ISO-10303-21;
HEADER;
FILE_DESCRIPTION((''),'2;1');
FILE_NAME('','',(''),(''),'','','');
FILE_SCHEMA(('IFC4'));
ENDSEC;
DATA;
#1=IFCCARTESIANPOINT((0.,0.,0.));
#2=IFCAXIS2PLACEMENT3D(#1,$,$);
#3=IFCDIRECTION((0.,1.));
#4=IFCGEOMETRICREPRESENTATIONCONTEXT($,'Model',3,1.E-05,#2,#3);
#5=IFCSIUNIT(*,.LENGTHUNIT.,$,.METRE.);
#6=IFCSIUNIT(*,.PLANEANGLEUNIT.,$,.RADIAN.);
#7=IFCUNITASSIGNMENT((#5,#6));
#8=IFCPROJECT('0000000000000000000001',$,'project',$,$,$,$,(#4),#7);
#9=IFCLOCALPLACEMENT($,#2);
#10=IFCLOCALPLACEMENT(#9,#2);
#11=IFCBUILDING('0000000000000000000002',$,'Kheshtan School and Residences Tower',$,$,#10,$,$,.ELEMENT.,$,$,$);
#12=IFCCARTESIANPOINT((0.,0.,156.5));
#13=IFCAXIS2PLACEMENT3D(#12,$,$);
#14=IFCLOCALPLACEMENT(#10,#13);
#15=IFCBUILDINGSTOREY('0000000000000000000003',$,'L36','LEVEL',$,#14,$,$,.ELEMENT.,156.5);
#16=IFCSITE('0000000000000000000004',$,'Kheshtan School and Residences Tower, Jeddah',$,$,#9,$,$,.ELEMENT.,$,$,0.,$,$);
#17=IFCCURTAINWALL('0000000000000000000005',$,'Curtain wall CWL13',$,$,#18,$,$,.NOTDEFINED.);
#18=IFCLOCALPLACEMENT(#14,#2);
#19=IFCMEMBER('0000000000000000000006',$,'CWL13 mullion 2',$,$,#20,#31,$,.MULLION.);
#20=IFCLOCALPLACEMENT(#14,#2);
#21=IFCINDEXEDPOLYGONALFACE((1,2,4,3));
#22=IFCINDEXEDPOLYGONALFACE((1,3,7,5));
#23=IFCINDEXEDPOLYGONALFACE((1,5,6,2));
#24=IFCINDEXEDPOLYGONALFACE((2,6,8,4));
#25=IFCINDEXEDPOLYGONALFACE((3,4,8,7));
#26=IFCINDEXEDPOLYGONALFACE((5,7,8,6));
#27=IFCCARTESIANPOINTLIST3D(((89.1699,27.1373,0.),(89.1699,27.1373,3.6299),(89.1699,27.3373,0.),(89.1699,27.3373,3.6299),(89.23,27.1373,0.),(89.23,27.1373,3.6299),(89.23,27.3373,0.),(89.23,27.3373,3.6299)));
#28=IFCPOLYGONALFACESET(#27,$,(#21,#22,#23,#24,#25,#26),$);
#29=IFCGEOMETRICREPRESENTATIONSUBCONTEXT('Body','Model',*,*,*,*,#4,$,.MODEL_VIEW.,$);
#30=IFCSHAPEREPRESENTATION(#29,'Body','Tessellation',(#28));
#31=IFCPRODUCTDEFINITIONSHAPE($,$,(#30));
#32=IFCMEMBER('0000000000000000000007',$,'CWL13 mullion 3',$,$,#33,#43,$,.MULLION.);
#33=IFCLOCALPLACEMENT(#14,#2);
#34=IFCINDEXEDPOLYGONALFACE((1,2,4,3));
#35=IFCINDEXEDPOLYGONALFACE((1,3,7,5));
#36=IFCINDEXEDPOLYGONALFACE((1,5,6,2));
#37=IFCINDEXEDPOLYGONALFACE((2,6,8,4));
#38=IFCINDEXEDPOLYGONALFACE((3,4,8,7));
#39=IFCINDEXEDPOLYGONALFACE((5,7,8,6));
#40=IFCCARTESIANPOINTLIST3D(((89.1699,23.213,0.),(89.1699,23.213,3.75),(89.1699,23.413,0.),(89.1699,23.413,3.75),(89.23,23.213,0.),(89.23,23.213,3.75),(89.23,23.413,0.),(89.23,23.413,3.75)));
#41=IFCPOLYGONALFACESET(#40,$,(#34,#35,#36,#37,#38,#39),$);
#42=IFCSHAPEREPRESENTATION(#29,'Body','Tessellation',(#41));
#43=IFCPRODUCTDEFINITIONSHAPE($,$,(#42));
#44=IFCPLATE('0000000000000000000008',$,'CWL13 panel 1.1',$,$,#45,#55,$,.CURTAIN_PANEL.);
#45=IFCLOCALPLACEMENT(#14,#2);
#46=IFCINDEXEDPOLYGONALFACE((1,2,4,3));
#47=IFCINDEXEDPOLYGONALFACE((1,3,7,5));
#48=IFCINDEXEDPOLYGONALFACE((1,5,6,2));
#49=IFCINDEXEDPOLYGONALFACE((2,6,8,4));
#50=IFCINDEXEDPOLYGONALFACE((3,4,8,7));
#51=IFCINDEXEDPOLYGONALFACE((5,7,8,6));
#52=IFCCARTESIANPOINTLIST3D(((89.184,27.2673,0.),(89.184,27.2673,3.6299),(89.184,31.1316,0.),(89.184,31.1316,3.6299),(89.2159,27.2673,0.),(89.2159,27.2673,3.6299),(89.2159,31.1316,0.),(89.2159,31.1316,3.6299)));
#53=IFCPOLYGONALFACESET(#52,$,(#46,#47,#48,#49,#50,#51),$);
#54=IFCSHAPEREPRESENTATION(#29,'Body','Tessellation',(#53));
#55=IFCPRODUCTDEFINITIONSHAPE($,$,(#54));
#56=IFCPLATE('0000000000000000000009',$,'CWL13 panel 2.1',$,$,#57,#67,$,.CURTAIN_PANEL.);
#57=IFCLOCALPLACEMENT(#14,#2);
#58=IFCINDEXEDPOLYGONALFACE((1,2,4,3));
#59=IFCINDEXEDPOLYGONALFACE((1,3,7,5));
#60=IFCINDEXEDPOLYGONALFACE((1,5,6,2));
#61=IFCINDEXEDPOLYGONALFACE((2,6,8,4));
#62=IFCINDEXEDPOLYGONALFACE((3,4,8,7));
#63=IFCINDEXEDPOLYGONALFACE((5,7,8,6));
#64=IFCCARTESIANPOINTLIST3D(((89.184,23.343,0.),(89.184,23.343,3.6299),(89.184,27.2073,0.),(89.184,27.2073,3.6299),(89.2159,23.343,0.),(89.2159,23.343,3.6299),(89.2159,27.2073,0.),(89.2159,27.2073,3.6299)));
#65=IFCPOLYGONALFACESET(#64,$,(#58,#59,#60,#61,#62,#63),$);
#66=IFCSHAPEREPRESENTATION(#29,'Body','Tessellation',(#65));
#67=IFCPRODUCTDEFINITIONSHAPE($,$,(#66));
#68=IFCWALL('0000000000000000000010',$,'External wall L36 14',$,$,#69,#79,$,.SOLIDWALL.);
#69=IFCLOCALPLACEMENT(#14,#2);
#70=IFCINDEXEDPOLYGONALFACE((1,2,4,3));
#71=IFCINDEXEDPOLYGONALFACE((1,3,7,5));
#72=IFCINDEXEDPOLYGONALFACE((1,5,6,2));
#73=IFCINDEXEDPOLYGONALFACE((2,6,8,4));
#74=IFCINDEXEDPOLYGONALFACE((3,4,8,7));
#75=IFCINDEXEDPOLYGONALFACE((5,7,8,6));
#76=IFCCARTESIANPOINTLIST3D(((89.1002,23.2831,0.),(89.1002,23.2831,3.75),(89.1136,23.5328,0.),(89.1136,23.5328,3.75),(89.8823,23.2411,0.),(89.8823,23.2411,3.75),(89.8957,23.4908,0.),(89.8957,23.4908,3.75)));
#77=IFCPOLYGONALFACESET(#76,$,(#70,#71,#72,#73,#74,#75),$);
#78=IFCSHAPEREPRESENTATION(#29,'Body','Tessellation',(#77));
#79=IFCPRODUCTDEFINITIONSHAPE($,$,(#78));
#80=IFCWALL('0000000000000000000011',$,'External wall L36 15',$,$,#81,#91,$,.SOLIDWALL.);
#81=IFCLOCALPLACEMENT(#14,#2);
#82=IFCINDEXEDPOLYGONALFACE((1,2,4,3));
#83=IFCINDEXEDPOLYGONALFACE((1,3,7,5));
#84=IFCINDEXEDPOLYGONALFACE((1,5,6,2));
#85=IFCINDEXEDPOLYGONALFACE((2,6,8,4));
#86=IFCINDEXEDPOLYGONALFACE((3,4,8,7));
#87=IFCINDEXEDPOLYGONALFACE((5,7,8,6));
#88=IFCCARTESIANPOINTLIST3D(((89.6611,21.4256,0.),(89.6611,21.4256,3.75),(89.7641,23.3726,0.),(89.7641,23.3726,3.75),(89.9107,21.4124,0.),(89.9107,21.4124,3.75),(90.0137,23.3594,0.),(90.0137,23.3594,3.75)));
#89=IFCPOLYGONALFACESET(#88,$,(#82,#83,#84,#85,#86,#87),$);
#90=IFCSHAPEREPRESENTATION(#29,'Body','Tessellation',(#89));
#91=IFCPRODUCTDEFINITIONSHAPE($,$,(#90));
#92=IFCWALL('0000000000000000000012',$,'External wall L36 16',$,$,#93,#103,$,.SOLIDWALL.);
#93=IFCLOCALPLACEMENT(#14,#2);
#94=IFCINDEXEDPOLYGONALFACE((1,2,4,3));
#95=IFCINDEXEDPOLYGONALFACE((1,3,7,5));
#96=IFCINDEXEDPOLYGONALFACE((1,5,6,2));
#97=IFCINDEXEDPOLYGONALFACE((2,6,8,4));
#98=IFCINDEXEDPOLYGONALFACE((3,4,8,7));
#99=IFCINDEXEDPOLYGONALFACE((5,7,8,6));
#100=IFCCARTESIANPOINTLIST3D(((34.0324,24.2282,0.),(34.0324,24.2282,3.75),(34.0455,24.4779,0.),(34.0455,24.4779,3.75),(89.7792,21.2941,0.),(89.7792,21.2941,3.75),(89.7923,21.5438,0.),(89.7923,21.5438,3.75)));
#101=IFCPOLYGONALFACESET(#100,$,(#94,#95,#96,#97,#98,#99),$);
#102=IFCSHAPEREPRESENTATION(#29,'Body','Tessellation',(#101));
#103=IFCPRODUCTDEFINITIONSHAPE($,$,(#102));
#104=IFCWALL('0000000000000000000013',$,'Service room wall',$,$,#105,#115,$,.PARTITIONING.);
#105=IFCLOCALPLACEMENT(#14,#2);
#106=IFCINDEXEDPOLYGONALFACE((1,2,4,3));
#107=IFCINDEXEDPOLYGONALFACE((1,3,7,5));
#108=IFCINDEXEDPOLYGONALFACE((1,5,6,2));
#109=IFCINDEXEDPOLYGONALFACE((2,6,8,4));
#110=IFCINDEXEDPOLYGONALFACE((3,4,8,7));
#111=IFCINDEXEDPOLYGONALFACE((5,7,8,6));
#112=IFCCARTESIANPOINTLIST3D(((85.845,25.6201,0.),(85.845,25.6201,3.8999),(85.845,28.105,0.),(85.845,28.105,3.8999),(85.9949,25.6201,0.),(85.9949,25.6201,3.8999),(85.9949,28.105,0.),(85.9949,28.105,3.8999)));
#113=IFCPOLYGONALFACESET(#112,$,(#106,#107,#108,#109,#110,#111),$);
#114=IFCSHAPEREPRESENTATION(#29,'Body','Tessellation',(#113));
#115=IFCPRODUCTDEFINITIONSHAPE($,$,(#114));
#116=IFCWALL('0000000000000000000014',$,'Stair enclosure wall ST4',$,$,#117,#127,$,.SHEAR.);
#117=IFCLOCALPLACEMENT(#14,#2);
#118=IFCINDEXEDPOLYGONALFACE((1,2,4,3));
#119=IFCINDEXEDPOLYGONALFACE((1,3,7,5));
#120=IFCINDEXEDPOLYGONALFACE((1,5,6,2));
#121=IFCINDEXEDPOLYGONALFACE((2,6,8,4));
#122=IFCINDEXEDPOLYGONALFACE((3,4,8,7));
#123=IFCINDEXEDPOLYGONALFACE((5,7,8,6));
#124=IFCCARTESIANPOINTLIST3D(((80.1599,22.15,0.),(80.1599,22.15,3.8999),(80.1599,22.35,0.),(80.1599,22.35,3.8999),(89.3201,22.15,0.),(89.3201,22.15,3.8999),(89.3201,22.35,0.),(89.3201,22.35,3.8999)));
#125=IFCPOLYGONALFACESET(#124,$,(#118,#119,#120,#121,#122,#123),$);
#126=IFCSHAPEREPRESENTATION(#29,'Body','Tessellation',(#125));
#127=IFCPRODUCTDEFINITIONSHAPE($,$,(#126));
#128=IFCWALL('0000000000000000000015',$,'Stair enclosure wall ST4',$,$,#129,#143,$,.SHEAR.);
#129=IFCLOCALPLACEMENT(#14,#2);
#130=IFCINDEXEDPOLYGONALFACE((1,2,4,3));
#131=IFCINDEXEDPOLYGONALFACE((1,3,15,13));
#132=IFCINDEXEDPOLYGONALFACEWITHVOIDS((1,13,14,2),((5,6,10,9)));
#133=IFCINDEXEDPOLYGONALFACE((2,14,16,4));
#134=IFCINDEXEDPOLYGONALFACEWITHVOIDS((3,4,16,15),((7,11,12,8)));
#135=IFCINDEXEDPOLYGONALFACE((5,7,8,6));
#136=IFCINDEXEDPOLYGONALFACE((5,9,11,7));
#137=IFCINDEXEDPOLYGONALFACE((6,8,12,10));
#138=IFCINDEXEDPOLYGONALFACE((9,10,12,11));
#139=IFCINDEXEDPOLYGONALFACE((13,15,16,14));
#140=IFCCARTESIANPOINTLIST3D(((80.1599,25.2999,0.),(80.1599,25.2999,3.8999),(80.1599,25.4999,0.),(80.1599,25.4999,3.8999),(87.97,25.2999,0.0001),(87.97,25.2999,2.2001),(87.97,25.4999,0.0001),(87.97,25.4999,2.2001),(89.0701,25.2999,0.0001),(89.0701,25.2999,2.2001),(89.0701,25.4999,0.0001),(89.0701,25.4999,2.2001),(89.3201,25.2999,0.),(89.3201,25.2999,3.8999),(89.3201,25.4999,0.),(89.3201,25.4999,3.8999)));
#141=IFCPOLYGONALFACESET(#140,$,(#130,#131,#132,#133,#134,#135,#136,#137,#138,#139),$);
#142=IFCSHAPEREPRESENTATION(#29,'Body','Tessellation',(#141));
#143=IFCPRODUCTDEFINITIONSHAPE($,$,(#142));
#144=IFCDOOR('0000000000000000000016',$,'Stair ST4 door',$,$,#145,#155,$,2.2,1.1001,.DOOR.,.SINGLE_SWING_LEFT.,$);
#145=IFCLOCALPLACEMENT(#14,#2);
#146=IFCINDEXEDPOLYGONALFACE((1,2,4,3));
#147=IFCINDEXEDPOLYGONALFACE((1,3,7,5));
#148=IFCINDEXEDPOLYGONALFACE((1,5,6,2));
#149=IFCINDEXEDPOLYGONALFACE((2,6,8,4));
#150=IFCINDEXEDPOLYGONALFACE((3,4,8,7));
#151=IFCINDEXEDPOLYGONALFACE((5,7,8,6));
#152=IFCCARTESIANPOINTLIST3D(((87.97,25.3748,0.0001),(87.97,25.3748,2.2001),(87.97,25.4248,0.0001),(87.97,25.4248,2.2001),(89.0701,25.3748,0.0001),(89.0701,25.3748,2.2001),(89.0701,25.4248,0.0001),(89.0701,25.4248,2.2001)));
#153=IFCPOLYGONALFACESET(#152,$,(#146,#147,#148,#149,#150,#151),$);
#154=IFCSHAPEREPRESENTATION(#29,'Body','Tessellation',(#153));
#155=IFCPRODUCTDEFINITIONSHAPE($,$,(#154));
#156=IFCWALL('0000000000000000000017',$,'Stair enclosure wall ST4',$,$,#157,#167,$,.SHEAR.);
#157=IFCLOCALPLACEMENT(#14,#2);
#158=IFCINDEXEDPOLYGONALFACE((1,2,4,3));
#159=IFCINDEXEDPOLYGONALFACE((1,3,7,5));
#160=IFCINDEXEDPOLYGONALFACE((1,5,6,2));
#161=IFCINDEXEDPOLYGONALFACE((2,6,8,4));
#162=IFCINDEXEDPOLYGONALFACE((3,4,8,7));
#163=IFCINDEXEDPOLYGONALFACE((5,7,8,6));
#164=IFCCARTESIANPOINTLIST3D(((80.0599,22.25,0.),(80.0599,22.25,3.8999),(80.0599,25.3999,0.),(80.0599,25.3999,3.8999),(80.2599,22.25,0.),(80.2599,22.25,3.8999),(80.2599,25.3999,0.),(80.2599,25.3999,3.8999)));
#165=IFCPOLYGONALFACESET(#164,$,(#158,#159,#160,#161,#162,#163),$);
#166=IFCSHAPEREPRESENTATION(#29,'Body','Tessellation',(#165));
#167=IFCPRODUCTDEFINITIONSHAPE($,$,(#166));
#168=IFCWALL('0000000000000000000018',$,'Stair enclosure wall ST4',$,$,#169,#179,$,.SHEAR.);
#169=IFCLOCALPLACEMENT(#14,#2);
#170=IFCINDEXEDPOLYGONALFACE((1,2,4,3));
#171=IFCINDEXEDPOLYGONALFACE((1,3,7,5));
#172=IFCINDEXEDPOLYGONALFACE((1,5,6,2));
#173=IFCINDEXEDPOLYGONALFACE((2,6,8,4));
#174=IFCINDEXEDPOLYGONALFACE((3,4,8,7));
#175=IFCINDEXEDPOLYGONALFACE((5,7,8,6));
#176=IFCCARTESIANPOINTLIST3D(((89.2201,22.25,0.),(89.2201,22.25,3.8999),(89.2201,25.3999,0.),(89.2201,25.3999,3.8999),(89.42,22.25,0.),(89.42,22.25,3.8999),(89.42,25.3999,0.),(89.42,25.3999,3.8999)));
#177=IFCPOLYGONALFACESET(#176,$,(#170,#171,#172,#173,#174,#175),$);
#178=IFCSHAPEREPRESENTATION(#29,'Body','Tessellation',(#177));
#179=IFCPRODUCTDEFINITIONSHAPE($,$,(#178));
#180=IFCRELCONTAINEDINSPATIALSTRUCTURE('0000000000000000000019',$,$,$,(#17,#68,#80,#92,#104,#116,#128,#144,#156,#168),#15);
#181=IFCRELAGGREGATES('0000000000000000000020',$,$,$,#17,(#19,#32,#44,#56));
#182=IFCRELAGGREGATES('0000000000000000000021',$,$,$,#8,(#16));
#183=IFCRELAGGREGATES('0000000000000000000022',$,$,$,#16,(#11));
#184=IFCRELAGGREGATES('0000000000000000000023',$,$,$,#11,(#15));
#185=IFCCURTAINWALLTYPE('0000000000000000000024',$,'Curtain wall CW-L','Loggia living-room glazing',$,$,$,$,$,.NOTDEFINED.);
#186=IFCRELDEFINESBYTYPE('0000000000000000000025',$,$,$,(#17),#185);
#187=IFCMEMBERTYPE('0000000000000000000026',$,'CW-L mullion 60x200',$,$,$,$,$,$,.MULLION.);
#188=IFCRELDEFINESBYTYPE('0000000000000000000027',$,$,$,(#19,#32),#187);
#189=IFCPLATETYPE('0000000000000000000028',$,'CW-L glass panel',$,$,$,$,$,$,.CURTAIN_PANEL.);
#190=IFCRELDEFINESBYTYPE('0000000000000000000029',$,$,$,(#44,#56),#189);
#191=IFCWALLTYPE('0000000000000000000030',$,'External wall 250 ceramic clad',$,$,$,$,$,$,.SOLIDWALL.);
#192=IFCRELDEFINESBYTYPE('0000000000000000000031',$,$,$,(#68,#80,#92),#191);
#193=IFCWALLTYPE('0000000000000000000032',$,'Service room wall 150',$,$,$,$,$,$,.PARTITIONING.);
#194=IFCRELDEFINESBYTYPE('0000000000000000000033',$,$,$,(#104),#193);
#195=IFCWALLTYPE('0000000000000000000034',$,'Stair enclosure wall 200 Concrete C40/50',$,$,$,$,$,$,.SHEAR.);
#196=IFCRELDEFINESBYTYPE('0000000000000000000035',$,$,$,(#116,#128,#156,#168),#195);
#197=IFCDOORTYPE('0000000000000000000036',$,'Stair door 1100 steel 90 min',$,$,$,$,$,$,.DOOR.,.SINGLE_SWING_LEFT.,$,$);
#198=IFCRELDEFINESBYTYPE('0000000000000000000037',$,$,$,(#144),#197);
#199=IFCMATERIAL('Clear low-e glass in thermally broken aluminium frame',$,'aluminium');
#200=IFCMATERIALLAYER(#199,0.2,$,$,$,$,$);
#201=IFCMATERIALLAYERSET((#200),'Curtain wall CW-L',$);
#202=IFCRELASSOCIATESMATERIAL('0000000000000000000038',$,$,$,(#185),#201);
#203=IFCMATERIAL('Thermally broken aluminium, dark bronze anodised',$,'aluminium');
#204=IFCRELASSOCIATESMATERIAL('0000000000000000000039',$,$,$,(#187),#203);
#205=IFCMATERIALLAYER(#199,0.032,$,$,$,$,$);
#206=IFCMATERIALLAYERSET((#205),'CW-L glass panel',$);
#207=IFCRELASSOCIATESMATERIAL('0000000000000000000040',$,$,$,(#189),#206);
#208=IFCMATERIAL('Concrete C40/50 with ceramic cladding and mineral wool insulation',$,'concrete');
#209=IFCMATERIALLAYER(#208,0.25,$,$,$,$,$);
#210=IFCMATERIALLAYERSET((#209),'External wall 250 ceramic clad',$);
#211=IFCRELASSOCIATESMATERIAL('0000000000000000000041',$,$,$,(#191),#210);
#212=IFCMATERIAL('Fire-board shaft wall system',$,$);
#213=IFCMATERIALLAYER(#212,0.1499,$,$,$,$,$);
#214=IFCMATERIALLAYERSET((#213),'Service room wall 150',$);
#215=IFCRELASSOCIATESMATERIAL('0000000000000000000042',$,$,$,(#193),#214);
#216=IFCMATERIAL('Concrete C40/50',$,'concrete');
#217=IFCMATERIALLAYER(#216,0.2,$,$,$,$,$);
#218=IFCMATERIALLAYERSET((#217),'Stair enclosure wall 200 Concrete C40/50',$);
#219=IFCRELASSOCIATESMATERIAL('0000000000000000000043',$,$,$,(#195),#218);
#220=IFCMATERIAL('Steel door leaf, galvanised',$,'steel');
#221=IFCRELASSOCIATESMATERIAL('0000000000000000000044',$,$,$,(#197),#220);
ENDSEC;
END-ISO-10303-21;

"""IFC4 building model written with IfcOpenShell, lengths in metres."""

from ifc_helpers import new_model, si_unit, direction, frame, frame_2d, origin, origin_2d, place, context, subcontext, project, spatial, rectangle, extrude, source, transform, mapped, material, layer, layer_set, material_profile, profile_set, type_object, element, fill, aggregate, save


model = new_model("IFC4")

# Units and contexts
model_context = context("Model", 3, precision=1e-05, world=origin(), true_north=direction((0.0, 1.0)))
body_context = subcontext(model_context, "Body", "Model", "MODEL_VIEW")
ifc_project = project(units=[si_unit("LENGTHUNIT", "METRE"), si_unit("PLANEANGLEUNIT", "RADIAN")], contexts=[model_context])

# Site, building, storey
site_placement = place(None, origin())
site = spatial("IfcSite", under=ifc_project, at=site_placement, Name="Kheshtan School and Residences Tower, Jeddah", CompositionType="ELEMENT", RefElevation=0.0)
building_placement = place(site_placement, origin())
building = spatial("IfcBuilding", under=site, at=building_placement, Name="Kheshtan School and Residences Tower", CompositionType="ELEMENT")
storey_placement = place(building_placement, frame((0.0, 0.0, 156.5)))
storey = spatial("IfcBuildingStorey", under=building, at=storey_placement, Name="L36", Description="LEVEL", CompositionType="ELEMENT", Elevation=156.5)

# Curtain wall, members, plates
ifc_material_1 = material(Name="Clear low-e glass in thermally broken aluminium frame", Category="aluminium")
ifc_layer_1 = layer(ifc_material_1, 0.2)
ifc_layer_set_1 = layer_set([ifc_layer_1], Name="Curtain wall CW-L")
curtain_wall_type = type_object("IfcCurtainWallType", Name="Curtain wall CW-L", Description="Loggia living-room glazing", PredefinedType="NOTDEFINED", material=ifc_layer_set_1)
curtain_wall_placement = place(storey_placement, origin())
curtain_wall = element("IfcCurtainWall", 1, at=curtain_wall_placement, inside=storey, type_object=curtain_wall_type, Name="Curtain wall CWL13", PredefinedType="NOTDEFINED")
ifc_material_2 = material(Name="Thermally broken aluminium, dark bronze anodised", Category="aluminium")
ifc_material_profile_1 = material_profile(ifc_material_2, rectangle(XDim=0.0601, YDim=0.2, at=origin_2d()), Name="CW-L mullion 60x200")
ifc_profile_set_1 = profile_set([ifc_material_profile_1], Name="Thermally broken aluminium, dark bronze anodised")
member_type = type_object("IfcMemberType", Name="CW-L mullion 60x200", PredefinedType="MULLION", material=ifc_profile_set_1)
member_1_placement = place(storey_placement, frame((89.2, 27.2373, 0.0), z_axis=(0.0, 0.0, 1.0), x_axis=(1.0, 0.0, 0.0)))
member_1 = element("IfcMember", 2, at=member_1_placement, type_object=member_type, Name="CWL13 mullion 2", PredefinedType="MULLION", context=body_context, shape_type="SweptSolid", body=[
    extrude(rectangle(XDim=0.0601, YDim=0.2, at=origin_2d()), origin(), (0.0, 0.0, 1.0), 3.6299),
])
member_2_placement = place(storey_placement, frame((89.2, 23.313, 0.0), z_axis=(0.0, 0.0, 1.0), x_axis=(1.0, 0.0, 0.0)))
member_2 = element("IfcMember", 3, at=member_2_placement, type_object=member_type, Name="CWL13 mullion 3", PredefinedType="MULLION", context=body_context, shape_type="SweptSolid", body=[
    extrude(rectangle(XDim=0.0601, YDim=0.2, at=origin_2d()), origin(), (0.0, 0.0, 1.0), 3.75),
])
ifc_layer_2 = layer(ifc_material_1, 0.032)
ifc_layer_set_2 = layer_set([ifc_layer_2], Name="CW-L glass panel")
plate_type = type_object("IfcPlateType", Name="CW-L glass panel", PredefinedType="CURTAIN_PANEL", material=ifc_layer_set_2)
plate_1_placement = place(storey_placement, frame((89.2, 29.1995, 0.0), z_axis=(0.0, 0.0, 1.0), x_axis=(0.0, -1.0, 0.0)))
plate_1 = element("IfcPlate", 4, at=plate_1_placement, type_object=plate_type, Name="CWL13 panel 1.1", PredefinedType="CURTAIN_PANEL", context=body_context, shape_type="SweptSolid", body=[
    extrude(rectangle(XDim=3.8643, YDim=0.032, at=origin_2d()), origin(), (0.0, 0.0, 1.0), 3.6299),
])
plate_2_placement = place(storey_placement, frame((89.2, 25.2751, 0.0), z_axis=(0.0, 0.0, 1.0), x_axis=(0.0, -1.0, 0.0)))
plate_2 = element("IfcPlate", 5, at=plate_2_placement, type_object=plate_type, Name="CWL13 panel 2.1", PredefinedType="CURTAIN_PANEL", context=body_context, shape_type="SweptSolid", body=[
    extrude(rectangle(XDim=3.8643, YDim=0.032, at=origin_2d()), origin(), (0.0, 0.0, 1.0), 3.6299),
])
aggregate(curtain_wall, [member_1, member_2, plate_1, plate_2])

# Walls
ifc_material_3 = material(Name="Concrete C40/50 with ceramic cladding and mineral wool insulation", Category="concrete")
ifc_layer_3 = layer(ifc_material_3, 0.25)
ifc_layer_set_3 = layer_set([ifc_layer_3], Name="External wall 250 ceramic clad")
wall_type_1 = type_object("IfcWallType", Name="External wall 250 ceramic clad", PredefinedType="SOLIDWALL", material=ifc_layer_set_3)
wall_1_placement = place(storey_placement, frame((89.1069, 23.408, 0.0), z_axis=(0.0, 0.0, 1.0), x_axis=(0.998561, -0.053622, 0.0)))
element("IfcWall", 6, at=wall_1_placement, inside=storey, type_object=wall_type_1, Name="External wall L36 14", PredefinedType="SOLIDWALL", context=body_context, shape_type="SweptSolid", body=[
    extrude(rectangle(XDim=0.7832, YDim=0.25, at=frame_2d((0.3916, 0.0))), origin(), (0.0, 0.0, 1.0), 3.75),
])
wall_2_placement = place(storey_placement, frame((89.8889, 23.366, 0.0), z_axis=(0.0, 0.0, 1.0), x_axis=(-0.052841, -0.998603, 0.0)))
element("IfcWall", 7, at=wall_2_placement, inside=storey, type_object=wall_type_1, Name="External wall L36 15", PredefinedType="SOLIDWALL", context=body_context, shape_type="SweptSolid", body=[
    extrude(rectangle(XDim=1.9497, YDim=0.25, at=frame_2d((0.9749, 0.0))), origin(), (0.0, 0.0, 1.0), 3.75),
])
wall_3_placement = place(storey_placement, frame((89.7859, 21.4189, 0.0), z_axis=(0.0, 0.0, 1.0), x_axis=(-0.998618, 0.05256, 0.0)))
element("IfcWall", 8, at=wall_3_placement, inside=storey, type_object=wall_type_1, Name="External wall L36 16", PredefinedType="SOLIDWALL", context=body_context, shape_type="SweptSolid", body=[
    extrude(rectangle(XDim=55.824, YDim=0.25, at=frame_2d((27.9121, 0.0))), origin(), (0.0, 0.0, 1.0), 3.75),
])
ifc_material_4 = material(Name="Fire-board shaft wall system")
ifc_layer_4 = layer(ifc_material_4, 0.1499)
ifc_layer_set_4 = layer_set([ifc_layer_4], Name="Service room wall 150")
wall_type_2 = type_object("IfcWallType", Name="Service room wall 150", PredefinedType="PARTITIONING", material=ifc_layer_set_4)
wall_4_placement = place(storey_placement, frame((85.9199, 25.6201, 0.0), z_axis=(0.0, 0.0, 1.0), x_axis=(0.0, 1.0, 0.0)))
element("IfcWall", 9, at=wall_4_placement, inside=storey, type_object=wall_type_2, Name="Service room wall", PredefinedType="PARTITIONING", context=body_context, shape_type="SweptSolid", body=[
    extrude(rectangle(XDim=2.4849, YDim=0.1499, at=frame_2d((1.2424, 0.0))), origin(), (0.0, 0.0, 1.0), 3.8999),
])
ifc_material_5 = material(Name="Concrete C40/50", Category="concrete")
ifc_layer_5 = layer(ifc_material_5, 0.2)
ifc_layer_set_5 = layer_set([ifc_layer_5], Name="Stair enclosure wall 200 Concrete C40/50")
wall_type_3 = type_object("IfcWallType", Name="Stair enclosure wall 200 Concrete C40/50", PredefinedType="SHEAR", material=ifc_layer_set_5)
wall_5_placement = place(storey_placement, frame((80.1599, 22.25, 0.0), z_axis=(0.0, 0.0, 1.0), x_axis=(1.0, 0.0, 0.0)))
element("IfcWall", 10, at=wall_5_placement, inside=storey, type_object=wall_type_3, Name="Stair enclosure wall ST4", PredefinedType="SHEAR", context=body_context, shape_type="SweptSolid", body=[
    extrude(rectangle(XDim=9.1602, YDim=0.2, at=frame_2d((4.5801, 0.0))), origin(), (0.0, 0.0, 1.0), 3.8999),
])

# Wall, opening, door
wall_6_placement = place(storey_placement, frame((80.1599, 25.3999, 0.0), z_axis=(0.0, 0.0, 1.0), x_axis=(1.0, 0.0, 0.0)))
wall_6 = element("IfcWall", 11, at=wall_6_placement, inside=storey, type_object=wall_type_3, Name="Stair enclosure wall ST4", PredefinedType="SHEAR", context=body_context, shape_type="SweptSolid", body=[
    extrude(rectangle(XDim=9.1602, YDim=0.2, at=frame_2d((4.5801, 0.0))), origin(), (0.0, 0.0, 1.0), 3.8999),
])
opening_placement = place(wall_6_placement, frame((7.8101, 0.0, 0.0)))
opening = element("IfcOpeningElement", 12, at=opening_placement, cuts=wall_6, PredefinedType="OPENING", context=body_context, shape_type="SweptSolid", body=[
    extrude(rectangle(XDim=1.1001, YDim=2.2, at=frame_2d((0.55, 1.1001))), frame((0.0, 0.1099, 0.0), z_axis=(0.0, -1.0, 0.0), x_axis=(1.0, 0.0, 0.0)), (0.0, 0.0, 1.0), 0.22),
])
ifc_material_6 = material(Name="Steel door leaf, galvanised", Category="steel")
door_type = type_object("IfcDoorType", Name="Stair door 1100 steel 90 min", OperationType="SINGLE_SWING_LEFT", PredefinedType="DOOR", material=ifc_material_6)
shared_shape = source(origin(), body_context, "Body", "SweptSolid", [
    extrude(rectangle(XDim=1.1001, YDim=2.2, at=frame_2d((0.55, 1.1001))), frame((0.0, 0.0249, 0.0), z_axis=(0.0, -1.0, 0.0), x_axis=(1.0, 0.0, 0.0)), (0.0, 0.0, 1.0), 0.05),
])
door_placement = place(opening_placement, origin())
door = element("IfcDoor", 13, at=door_placement, inside=storey, type_object=door_type, Name="Stair ST4 door", OperationType="SINGLE_SWING_LEFT", OverallHeight=2.2, OverallWidth=1.1001, PredefinedType="DOOR", context=body_context, shape_type="MappedRepresentation", body=[
    mapped(shared_shape, transform((0.0, 0.0, 0.0), x_axis=(1.0, 0.0, 0.0), y_axis=(0.0, 1.0, 0.0), z_axis=(0.0, 0.0, 1.0), scale=1.0)),
])
fill(opening, door)

# Walls
for number, where, z_axis, x_axis, name in (
    (14, (80.1599, 22.25, 0.0), (0.0, 0.0, 1.0), (0.0, 1.0, 0.0), "Stair enclosure wall ST4"),
    (15, (89.3201, 22.25, 0.0), (0.0, 0.0, 1.0), (0.0, 1.0, 0.0), "Stair enclosure wall ST4"),
):
    element("IfcWall", number, at=place(storey_placement, frame(where, z_axis=z_axis, x_axis=x_axis)), inside=storey, type_object=wall_type_3, Name=name, PredefinedType="SHEAR", context=body_context, shape_type="SweptSolid", body=[
        extrude(rectangle(XDim=3.1499, YDim=0.2, at=frame_2d((1.575, 0.0))), origin(), (0.0, 0.0, 1.0), 3.8999),
    ])

save(model, "model.ifc")
